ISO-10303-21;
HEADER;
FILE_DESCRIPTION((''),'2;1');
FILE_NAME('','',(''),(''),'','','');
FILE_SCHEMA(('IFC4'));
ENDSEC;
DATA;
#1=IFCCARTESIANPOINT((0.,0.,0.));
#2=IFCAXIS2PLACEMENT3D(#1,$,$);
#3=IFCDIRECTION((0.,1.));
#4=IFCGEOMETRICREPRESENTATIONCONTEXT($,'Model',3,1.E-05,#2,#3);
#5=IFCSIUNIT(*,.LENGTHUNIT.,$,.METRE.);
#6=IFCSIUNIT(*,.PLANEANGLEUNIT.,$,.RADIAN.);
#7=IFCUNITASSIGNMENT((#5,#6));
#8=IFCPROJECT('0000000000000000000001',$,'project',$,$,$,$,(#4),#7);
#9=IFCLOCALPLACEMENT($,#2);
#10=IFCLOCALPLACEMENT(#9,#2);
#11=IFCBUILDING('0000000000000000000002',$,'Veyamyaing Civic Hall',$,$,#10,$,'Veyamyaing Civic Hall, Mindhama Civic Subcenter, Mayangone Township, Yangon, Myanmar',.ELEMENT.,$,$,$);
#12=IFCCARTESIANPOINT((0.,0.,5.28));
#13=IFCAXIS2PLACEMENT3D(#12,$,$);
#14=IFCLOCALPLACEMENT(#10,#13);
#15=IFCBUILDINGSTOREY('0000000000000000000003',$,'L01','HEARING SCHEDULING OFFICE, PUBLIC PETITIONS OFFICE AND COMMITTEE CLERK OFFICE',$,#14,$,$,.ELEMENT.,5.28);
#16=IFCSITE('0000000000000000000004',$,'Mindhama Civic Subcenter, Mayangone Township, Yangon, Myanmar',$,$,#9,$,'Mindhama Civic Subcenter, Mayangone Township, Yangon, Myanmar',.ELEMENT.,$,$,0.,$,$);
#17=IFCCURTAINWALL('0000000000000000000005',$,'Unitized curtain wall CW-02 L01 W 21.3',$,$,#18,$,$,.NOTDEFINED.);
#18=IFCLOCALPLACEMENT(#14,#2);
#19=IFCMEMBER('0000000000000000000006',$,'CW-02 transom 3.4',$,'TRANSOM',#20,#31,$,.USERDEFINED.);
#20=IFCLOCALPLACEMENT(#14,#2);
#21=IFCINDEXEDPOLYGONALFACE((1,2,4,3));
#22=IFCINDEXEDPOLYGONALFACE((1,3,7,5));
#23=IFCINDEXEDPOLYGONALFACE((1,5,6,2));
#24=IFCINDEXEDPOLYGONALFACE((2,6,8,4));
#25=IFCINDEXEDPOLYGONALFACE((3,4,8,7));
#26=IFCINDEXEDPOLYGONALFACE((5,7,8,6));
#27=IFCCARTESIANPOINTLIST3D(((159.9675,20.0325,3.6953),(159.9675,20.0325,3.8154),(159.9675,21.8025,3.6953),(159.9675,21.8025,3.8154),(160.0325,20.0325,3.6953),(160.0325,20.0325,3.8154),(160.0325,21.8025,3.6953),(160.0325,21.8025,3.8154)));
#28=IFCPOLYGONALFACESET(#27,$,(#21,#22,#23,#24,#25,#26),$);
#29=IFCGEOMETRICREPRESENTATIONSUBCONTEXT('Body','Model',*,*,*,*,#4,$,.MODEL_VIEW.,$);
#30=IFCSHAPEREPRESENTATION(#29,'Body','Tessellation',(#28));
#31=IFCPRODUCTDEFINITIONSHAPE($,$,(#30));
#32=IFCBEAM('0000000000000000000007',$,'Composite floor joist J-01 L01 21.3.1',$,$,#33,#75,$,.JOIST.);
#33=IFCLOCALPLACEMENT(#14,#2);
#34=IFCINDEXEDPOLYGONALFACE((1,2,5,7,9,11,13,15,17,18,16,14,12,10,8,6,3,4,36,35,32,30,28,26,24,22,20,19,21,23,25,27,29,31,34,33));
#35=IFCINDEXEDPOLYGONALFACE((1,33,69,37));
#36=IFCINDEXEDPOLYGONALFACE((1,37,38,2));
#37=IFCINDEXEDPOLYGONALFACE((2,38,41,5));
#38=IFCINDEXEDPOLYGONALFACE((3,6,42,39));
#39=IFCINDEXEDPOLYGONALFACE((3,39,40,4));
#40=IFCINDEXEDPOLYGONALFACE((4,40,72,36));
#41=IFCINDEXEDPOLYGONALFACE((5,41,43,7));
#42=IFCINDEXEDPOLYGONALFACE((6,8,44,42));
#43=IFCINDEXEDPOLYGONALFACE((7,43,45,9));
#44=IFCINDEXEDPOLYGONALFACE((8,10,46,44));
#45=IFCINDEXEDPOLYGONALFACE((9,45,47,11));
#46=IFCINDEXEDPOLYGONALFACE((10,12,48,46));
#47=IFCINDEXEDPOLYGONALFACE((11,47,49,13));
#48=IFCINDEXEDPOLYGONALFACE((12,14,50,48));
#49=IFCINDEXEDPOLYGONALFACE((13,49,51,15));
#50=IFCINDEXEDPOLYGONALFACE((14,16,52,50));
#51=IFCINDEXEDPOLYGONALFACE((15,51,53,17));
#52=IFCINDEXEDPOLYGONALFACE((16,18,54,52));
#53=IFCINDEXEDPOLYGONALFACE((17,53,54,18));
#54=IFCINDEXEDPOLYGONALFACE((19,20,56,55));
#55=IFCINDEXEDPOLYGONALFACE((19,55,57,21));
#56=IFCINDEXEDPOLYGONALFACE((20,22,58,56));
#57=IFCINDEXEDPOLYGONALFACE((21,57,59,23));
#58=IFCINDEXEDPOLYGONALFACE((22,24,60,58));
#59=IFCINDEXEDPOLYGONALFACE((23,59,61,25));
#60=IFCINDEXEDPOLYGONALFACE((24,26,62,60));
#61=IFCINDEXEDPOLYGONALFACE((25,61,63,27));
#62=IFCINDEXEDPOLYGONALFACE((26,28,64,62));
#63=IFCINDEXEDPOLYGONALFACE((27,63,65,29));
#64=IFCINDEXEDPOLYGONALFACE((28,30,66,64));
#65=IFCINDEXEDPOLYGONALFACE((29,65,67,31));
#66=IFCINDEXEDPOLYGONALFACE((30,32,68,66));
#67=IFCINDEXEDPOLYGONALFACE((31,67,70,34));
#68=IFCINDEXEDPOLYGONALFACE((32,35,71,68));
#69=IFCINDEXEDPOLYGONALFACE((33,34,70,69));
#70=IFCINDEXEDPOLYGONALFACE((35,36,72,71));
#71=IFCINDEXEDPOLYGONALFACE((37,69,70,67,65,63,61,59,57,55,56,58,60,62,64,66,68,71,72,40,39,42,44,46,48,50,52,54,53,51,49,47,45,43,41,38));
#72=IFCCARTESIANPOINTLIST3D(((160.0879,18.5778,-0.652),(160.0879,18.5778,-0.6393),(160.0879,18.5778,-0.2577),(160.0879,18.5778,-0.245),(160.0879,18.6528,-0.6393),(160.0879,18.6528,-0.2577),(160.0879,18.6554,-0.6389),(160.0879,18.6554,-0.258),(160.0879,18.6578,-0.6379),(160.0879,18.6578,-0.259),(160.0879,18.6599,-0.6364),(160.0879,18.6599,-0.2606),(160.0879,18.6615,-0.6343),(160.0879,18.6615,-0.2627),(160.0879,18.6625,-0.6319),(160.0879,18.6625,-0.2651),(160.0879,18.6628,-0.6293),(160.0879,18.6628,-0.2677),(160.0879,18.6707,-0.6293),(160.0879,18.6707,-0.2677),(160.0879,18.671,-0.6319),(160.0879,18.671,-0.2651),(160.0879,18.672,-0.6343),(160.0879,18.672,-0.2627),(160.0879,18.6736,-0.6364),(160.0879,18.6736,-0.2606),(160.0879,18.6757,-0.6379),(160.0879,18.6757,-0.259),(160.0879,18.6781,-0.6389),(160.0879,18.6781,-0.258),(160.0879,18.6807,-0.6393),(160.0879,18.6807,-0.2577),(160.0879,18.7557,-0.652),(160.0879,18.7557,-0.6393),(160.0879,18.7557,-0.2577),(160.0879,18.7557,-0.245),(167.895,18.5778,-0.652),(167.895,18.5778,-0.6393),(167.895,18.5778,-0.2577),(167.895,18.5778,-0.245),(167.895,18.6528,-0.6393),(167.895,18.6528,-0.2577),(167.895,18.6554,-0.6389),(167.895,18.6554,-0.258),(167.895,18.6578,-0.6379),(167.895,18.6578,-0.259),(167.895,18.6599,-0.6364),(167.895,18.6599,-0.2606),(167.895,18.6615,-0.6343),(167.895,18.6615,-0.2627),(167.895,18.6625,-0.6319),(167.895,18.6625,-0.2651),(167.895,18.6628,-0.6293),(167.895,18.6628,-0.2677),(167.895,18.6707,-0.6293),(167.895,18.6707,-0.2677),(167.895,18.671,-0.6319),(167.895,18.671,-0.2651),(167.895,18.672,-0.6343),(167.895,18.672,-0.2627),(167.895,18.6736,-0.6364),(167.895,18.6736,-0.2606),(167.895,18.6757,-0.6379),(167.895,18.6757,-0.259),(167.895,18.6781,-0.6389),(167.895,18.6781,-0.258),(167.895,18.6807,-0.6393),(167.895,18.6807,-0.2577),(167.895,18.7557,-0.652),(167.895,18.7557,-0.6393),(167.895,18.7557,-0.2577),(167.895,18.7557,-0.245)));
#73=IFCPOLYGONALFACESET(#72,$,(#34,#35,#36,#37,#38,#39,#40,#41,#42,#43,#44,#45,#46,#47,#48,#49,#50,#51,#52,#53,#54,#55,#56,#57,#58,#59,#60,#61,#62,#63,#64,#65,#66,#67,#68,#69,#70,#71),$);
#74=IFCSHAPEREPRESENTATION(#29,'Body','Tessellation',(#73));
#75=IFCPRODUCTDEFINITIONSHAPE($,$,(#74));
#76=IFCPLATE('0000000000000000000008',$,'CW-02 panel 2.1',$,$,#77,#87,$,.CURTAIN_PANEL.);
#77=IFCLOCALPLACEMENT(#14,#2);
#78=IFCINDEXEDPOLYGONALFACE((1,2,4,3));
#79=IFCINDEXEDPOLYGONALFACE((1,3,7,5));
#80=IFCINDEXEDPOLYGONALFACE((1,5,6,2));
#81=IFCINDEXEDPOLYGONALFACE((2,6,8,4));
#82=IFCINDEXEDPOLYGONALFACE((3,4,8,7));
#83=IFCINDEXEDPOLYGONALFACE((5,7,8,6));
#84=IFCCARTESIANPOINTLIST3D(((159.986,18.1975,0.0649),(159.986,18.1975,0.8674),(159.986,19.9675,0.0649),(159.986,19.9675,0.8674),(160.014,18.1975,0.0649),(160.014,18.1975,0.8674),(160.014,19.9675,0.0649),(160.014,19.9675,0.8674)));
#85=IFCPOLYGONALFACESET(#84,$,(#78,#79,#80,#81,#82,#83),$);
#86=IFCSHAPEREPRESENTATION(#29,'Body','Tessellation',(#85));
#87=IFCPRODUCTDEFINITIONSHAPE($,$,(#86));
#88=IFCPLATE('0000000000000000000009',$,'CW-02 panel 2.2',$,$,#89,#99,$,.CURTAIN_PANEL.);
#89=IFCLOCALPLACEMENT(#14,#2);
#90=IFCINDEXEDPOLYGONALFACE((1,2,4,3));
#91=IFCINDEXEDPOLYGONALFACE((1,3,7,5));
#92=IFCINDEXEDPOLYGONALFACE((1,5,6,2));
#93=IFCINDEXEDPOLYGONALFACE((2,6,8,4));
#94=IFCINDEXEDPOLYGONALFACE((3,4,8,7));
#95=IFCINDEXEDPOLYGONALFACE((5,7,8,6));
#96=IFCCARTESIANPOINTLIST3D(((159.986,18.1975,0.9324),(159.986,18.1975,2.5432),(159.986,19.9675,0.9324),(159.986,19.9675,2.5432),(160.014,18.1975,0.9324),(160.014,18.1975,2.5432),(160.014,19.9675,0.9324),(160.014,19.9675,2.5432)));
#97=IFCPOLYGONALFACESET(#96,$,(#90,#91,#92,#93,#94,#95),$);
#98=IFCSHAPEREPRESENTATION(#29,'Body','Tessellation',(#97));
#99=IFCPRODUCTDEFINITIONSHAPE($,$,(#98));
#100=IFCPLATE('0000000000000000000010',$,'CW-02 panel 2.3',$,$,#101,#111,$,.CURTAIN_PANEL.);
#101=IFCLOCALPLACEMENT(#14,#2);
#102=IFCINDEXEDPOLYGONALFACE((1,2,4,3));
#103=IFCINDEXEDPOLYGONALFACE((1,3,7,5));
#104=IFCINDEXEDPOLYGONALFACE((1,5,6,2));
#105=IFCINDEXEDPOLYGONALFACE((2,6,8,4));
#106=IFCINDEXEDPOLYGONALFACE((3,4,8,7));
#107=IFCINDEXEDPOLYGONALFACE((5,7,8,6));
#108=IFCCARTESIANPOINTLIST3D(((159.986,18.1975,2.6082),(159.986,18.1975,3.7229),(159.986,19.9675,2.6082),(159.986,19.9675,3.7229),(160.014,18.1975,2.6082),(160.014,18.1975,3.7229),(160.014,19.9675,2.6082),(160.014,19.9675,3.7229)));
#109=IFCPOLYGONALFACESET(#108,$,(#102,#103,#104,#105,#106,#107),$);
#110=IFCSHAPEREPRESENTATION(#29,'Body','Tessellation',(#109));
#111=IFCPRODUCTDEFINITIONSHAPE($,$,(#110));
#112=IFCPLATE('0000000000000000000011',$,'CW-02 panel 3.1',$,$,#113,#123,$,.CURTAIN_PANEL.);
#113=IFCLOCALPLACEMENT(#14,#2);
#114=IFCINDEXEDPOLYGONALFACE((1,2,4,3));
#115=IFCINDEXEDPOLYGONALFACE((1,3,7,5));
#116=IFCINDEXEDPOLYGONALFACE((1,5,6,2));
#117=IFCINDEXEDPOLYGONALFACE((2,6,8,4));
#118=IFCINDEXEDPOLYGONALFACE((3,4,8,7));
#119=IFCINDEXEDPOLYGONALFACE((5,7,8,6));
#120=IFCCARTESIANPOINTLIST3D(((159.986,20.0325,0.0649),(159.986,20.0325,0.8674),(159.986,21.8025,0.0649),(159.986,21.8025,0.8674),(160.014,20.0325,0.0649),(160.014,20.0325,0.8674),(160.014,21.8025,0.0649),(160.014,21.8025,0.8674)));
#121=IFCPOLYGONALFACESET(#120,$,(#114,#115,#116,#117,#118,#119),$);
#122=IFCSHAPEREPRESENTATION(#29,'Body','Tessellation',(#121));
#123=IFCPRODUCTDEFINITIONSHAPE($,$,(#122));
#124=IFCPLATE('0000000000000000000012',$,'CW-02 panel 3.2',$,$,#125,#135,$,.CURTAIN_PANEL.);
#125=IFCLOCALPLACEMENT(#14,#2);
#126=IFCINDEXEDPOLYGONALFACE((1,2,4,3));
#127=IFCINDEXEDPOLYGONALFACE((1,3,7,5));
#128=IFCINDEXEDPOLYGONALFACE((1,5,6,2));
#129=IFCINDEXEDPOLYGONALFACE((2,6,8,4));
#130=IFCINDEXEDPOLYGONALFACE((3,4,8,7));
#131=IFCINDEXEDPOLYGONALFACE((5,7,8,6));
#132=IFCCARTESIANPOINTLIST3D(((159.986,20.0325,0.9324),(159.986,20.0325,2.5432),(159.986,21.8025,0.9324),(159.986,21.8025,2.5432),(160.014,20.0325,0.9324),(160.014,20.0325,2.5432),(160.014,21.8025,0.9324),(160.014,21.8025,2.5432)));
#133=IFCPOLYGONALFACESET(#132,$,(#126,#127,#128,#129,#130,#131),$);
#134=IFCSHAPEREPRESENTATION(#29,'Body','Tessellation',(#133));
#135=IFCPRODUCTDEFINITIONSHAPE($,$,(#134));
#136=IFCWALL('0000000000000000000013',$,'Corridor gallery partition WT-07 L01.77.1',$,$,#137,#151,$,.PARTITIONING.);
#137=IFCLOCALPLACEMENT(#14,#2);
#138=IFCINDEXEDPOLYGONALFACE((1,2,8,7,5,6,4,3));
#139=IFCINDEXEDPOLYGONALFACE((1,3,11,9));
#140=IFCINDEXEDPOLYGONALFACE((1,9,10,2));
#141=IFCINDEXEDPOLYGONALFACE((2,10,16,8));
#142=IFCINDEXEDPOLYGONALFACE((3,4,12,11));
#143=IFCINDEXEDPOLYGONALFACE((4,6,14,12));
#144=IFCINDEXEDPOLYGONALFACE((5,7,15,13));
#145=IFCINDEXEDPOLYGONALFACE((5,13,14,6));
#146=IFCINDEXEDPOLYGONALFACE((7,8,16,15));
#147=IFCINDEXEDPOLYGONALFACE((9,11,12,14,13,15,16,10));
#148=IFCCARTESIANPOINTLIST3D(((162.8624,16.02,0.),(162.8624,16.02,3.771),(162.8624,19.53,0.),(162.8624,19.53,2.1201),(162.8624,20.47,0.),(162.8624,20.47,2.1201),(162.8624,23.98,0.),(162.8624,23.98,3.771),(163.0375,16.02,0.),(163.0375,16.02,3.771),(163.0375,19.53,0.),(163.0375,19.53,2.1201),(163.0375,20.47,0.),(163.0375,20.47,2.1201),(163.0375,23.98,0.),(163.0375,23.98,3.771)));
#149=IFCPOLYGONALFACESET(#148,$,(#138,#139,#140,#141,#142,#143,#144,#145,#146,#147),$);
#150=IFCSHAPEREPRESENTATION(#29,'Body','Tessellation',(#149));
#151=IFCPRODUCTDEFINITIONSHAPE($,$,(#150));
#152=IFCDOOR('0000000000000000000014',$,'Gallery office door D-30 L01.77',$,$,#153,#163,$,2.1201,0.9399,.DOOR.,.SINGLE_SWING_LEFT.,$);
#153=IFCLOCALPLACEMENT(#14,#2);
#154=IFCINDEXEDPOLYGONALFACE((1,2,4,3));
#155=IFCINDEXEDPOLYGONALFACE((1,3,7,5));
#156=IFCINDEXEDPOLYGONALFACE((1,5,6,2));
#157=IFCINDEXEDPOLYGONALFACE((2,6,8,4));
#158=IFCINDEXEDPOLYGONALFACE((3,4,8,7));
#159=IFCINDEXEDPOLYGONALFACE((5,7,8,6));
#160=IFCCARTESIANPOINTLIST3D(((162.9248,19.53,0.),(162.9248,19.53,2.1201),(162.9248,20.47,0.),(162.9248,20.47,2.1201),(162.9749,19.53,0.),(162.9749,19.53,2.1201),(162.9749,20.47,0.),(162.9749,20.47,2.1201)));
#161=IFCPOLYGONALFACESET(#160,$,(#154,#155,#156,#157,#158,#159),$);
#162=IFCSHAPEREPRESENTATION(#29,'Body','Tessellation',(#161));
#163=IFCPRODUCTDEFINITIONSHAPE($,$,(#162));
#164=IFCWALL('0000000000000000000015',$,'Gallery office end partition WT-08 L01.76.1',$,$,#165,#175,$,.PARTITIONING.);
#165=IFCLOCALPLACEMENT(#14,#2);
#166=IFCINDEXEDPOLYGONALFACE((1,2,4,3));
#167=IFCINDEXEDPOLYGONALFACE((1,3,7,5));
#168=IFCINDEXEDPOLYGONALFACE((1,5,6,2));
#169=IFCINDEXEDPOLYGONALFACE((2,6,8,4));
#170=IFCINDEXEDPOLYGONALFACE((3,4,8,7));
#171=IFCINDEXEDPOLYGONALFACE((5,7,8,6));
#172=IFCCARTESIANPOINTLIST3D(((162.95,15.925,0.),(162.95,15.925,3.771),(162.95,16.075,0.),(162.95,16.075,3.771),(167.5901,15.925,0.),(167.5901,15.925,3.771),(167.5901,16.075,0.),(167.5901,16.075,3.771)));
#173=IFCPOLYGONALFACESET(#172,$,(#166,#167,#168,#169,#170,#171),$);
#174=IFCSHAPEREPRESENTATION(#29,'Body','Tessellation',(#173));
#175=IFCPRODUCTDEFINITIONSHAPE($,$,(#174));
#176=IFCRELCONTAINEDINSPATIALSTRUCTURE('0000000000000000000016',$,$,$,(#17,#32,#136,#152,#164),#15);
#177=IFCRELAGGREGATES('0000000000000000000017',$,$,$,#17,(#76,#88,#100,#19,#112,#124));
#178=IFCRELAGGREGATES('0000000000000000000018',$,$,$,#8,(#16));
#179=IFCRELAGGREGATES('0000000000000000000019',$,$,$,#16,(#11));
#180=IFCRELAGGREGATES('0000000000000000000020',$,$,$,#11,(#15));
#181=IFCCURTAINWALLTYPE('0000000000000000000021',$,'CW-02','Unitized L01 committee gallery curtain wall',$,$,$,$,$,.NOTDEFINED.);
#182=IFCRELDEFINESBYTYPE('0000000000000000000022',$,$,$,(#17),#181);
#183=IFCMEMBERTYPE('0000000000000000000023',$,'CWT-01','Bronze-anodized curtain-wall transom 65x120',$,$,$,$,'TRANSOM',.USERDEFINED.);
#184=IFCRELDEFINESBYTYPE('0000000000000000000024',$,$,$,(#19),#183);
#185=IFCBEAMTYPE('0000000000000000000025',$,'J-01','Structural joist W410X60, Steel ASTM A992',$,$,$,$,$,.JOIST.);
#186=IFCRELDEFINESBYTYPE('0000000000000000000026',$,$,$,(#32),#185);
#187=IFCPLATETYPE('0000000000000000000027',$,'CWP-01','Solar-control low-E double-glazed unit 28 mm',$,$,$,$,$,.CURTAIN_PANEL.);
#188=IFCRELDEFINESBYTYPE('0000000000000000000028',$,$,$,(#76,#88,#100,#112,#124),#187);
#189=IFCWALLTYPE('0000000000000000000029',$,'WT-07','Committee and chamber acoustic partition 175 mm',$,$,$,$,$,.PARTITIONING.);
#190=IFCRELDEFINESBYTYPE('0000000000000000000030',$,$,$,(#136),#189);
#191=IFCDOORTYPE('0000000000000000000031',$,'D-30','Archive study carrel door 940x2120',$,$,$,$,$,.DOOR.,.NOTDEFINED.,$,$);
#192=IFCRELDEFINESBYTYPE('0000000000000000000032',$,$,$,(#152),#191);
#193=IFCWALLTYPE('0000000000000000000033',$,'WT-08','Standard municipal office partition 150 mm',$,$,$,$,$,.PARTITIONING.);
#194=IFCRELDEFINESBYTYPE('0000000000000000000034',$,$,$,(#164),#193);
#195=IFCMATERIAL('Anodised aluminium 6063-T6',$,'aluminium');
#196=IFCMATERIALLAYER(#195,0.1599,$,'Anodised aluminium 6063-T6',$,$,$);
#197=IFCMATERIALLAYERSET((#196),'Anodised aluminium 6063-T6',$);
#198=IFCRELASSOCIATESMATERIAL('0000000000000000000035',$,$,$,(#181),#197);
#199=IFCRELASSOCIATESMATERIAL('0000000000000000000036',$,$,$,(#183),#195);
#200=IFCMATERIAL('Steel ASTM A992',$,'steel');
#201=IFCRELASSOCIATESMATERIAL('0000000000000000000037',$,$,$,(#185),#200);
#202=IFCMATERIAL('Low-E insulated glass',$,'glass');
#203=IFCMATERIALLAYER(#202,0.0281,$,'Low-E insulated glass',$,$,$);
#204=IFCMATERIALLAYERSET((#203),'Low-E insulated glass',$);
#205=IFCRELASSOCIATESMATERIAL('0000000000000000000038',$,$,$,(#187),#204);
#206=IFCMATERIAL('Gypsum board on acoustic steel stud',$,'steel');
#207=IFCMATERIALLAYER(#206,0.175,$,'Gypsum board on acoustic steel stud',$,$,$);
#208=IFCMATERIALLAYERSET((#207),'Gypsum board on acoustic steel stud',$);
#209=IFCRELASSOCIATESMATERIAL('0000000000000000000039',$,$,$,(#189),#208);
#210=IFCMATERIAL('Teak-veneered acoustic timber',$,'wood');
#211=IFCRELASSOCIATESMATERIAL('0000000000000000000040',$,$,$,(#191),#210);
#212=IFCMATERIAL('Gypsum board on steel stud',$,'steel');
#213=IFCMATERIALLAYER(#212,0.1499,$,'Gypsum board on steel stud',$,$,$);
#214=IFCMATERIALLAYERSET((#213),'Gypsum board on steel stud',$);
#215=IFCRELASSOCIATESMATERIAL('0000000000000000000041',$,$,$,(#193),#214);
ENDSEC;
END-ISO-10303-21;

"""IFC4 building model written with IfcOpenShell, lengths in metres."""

from ifc_helpers import new_model, si_unit, direction, frame, frame_2d, origin, origin_2d, place, context, subcontext, project, spatial, rectangle, i_section, extrude, material, layer, layer_set, material_profile, profile_set, type_object, element, fill, aggregate, save


model = new_model("IFC4")

# Units and contexts
model_context = context("Model", 3, precision=1e-05, world=origin(), true_north=direction((0.0, 1.0)))
body_context = subcontext(model_context, "Body", "Model", "MODEL_VIEW")
ifc_project = project(units=[si_unit("LENGTHUNIT", "METRE"), si_unit("PLANEANGLEUNIT", "RADIAN")], contexts=[model_context])

# Site, building, storey
site_placement = place(None, origin())
site = spatial("IfcSite", under=ifc_project, at=site_placement, Name="Mindhama Civic Subcenter, Mayangone Township, Yangon, Myanmar", LongName="Mindhama Civic Subcenter, Mayangone Township, Yangon, Myanmar", CompositionType="ELEMENT", RefElevation=0.0)
building_placement = place(site_placement, origin())
building = spatial("IfcBuilding", under=site, at=building_placement, Name="Veyamyaing Civic Hall", LongName="Veyamyaing Civic Hall, Mindhama Civic Subcenter, Mayangone Township, Yangon, Myanmar", CompositionType="ELEMENT")
storey_placement = place(building_placement, frame((0.0, 0.0, 5.28)))
storey = spatial("IfcBuildingStorey", under=building, at=storey_placement, Name="L01", Description="HEARING SCHEDULING OFFICE, PUBLIC PETITIONS OFFICE AND COMMITTEE CLERK OFFICE", CompositionType="ELEMENT", Elevation=5.28)

# Shared definitions
ifc_material_1 = material(Name="Steel ASTM A992", Category="steel")

# Curtain wall, member
ifc_material_2 = material(Name="Anodised aluminium 6063-T6", Category="aluminium")
ifc_layer_1 = layer(ifc_material_2, 0.1599, Name="Anodised aluminium 6063-T6")
ifc_layer_set_1 = layer_set([ifc_layer_1], Name="Anodised aluminium 6063-T6")
curtain_wall_type = type_object("IfcCurtainWallType", Name="CW-02", Description="Unitized L01 committee gallery curtain wall", PredefinedType="NOTDEFINED", material=ifc_layer_set_1)
curtain_wall_placement = place(storey_placement, origin())
curtain_wall = element("IfcCurtainWall", 1, at=curtain_wall_placement, inside=storey, type_object=curtain_wall_type, Name="Unitized curtain wall CW-02 L01 W 21.3", PredefinedType="NOTDEFINED")
ifc_material_profile_1 = material_profile(ifc_material_2, rectangle(XDim=0.0649, YDim=0.1201, at=origin_2d()), Name="ALU-TRN-65X120")
ifc_profile_set_1 = profile_set([ifc_material_profile_1], Name="Anodised aluminium 6063-T6")
member_type_1 = type_object("IfcMemberType", Name="CWT-01", Description="Bronze-anodized curtain-wall transom 65x120", ElementType="TRANSOM", PredefinedType="USERDEFINED", material=ifc_profile_set_1)
member_1_placement = place(storey_placement, frame((160.0, 20.0325, 3.7554), z_axis=(0.0, 1.0, 0.0), x_axis=(-1.0, 0.0, 0.0)))
member_1 = element("IfcMember", 2, at=member_1_placement, type_object=member_type_1, Name="CW-02 transom 3.4", ObjectType="TRANSOM", PredefinedType="USERDEFINED", context=body_context, shape_type="SweptSolid", body=[
    extrude(rectangle(XDim=0.0649, YDim=0.1201, at=origin_2d()), origin(), (0.0, 0.0, 1.0), 1.77),
])

# Beam
ifc_material_profile_2 = material_profile(ifc_material_1, i_section(OverallWidth=0.178, OverallDepth=0.407, WebThickness=0.0078, FlangeThickness=0.0127, FilletRadius=0.01, at=origin_2d()), Name="W410X60")
ifc_profile_set_2 = profile_set([ifc_material_profile_2], Name="Steel ASTM A992")
beam_type_1 = type_object("IfcBeamType", Name="J-01", Description="Structural joist W410X60, Steel ASTM A992", PredefinedType="JOIST", material=ifc_profile_set_2)
beam_1_placement = place(storey_placement, frame((160.0879, 18.6667, -0.4485), z_axis=(1.0, 0.0, 0.0), x_axis=(0.0, 1.0, 0.0)))
element("IfcBeam", 3, at=beam_1_placement, inside=storey, type_object=beam_type_1, Name="Composite floor joist J-01 L01 21.3.1", PredefinedType="JOIST", context=body_context, shape_type="SweptSolid", body=[
    extrude(i_section(OverallWidth=0.178, OverallDepth=0.407, WebThickness=0.0078, FlangeThickness=0.0127, FilletRadius=0.01, at=origin_2d()), origin(), (0.0, 0.0, 1.0), 7.8071),
])

# Plates
ifc_material_3 = material(Name="Low-E insulated glass", Category="glass")
ifc_layer_2 = layer(ifc_material_3, 0.0281, Name="Low-E insulated glass")
ifc_layer_set_2 = layer_set([ifc_layer_2], Name="Low-E insulated glass")
plate_type = type_object("IfcPlateType", Name="CWP-01", Description="Solar-control low-E double-glazed unit 28 mm", PredefinedType="CURTAIN_PANEL", material=ifc_layer_set_2)
plate_1_placement = place(storey_placement, frame((160.0, 19.0825, 0.0649), z_axis=(0.0, 0.0, 1.0), x_axis=(0.0, 1.0, 0.0)))
plate_1 = element("IfcPlate", 4, at=plate_1_placement, type_object=plate_type, Name="CW-02 panel 2.1", PredefinedType="CURTAIN_PANEL", context=body_context, shape_type="SweptSolid", body=[
    extrude(rectangle(XDim=1.77, YDim=0.0281, at=origin_2d()), origin(), (0.0, 0.0, 1.0), 0.8025),
])
plate_2_placement = place(storey_placement, frame((160.0, 19.0825, 0.9324), z_axis=(0.0, 0.0, 1.0), x_axis=(0.0, 1.0, 0.0)))
plate_2 = element("IfcPlate", 5, at=plate_2_placement, type_object=plate_type, Name="CW-02 panel 2.2", PredefinedType="CURTAIN_PANEL", context=body_context, shape_type="SweptSolid", body=[
    extrude(rectangle(XDim=1.77, YDim=0.0281, at=origin_2d()), origin(), (0.0, 0.0, 1.0), 1.6108),
])
plate_3_placement = place(storey_placement, frame((160.0, 19.0825, 2.6082), z_axis=(0.0, 0.0, 1.0), x_axis=(0.0, 1.0, 0.0)))
plate_3 = element("IfcPlate", 6, at=plate_3_placement, type_object=plate_type, Name="CW-02 panel 2.3", PredefinedType="CURTAIN_PANEL", context=body_context, shape_type="SweptSolid", body=[
    extrude(rectangle(XDim=1.77, YDim=0.0281, at=origin_2d()), origin(), (0.0, 0.0, 1.0), 1.1147),
])
plate_4_placement = place(storey_placement, frame((160.0, 20.9175, 0.0649), z_axis=(0.0, 0.0, 1.0), x_axis=(0.0, 1.0, 0.0)))
plate_4 = element("IfcPlate", 7, at=plate_4_placement, type_object=plate_type, Name="CW-02 panel 3.1", PredefinedType="CURTAIN_PANEL", context=body_context, shape_type="SweptSolid", body=[
    extrude(rectangle(XDim=1.77, YDim=0.0281, at=origin_2d()), origin(), (0.0, 0.0, 1.0), 0.8025),
])
plate_5_placement = place(storey_placement, frame((160.0, 20.9175, 0.9324), z_axis=(0.0, 0.0, 1.0), x_axis=(0.0, 1.0, 0.0)))
plate_5 = element("IfcPlate", 8, at=plate_5_placement, type_object=plate_type, Name="CW-02 panel 3.2", PredefinedType="CURTAIN_PANEL", context=body_context, shape_type="SweptSolid", body=[
    extrude(rectangle(XDim=1.77, YDim=0.0281, at=origin_2d()), origin(), (0.0, 0.0, 1.0), 1.6108),
])
aggregate(curtain_wall, [plate_1, plate_2, plate_3, member_1, plate_4, plate_5])

# Wall, opening, door
ifc_material_4 = material(Name="Gypsum board on acoustic steel stud", Category="steel")
ifc_layer_3 = layer(ifc_material_4, 0.175, Name="Gypsum board on acoustic steel stud")
ifc_layer_set_3 = layer_set([ifc_layer_3], Name="Gypsum board on acoustic steel stud")
wall_type_1 = type_object("IfcWallType", Name="WT-07", Description="Committee and chamber acoustic partition 175 mm", PredefinedType="PARTITIONING", material=ifc_layer_set_3)
wall_1_placement = place(storey_placement, frame((162.95, 16.02, 0.0), z_axis=(0.0, 0.0, 1.0), x_axis=(0.0, 1.0, 0.0)))
wall_1 = element("IfcWall", 9, at=wall_1_placement, inside=storey, type_object=wall_type_1, Name="Corridor gallery partition WT-07 L01.77.1", PredefinedType="PARTITIONING", context=body_context, shape_type="SweptSolid", body=[
    extrude(rectangle(XDim=7.96, YDim=0.175, at=frame_2d((3.98, 0.0))), origin(), (0.0, 0.0, 1.0), 3.771),
])
opening_placement = place(wall_1_placement, frame((3.51, 0.0, 0.0)))
opening = element("IfcOpeningElement", 10, at=opening_placement, cuts=wall_1, PredefinedType="OPENING", context=body_context, shape_type="SweptSolid", body=[
    extrude(rectangle(XDim=0.9399, YDim=2.1201, at=frame_2d((0.47, 1.0601))), frame((0.0, 0.0974, 0.0), z_axis=(0.0, -1.0, 0.0), x_axis=(1.0, 0.0, 0.0)), (0.0, 0.0, 1.0), 0.1951),
])
ifc_material_5 = material(Name="Teak-veneered acoustic timber", Category="wood")
door_type = type_object("IfcDoorType", Name="D-30", Description="Archive study carrel door 940x2120", OperationType="NOTDEFINED", PredefinedType="DOOR", material=ifc_material_5)
door_placement = place(opening_placement, frame((0.9399, 0.0, 0.0), z_axis=(0.0, 0.0, 1.0), x_axis=(-1.0, 0.0, 0.0)))
door = element("IfcDoor", 11, at=door_placement, inside=storey, type_object=door_type, Name="Gallery office door D-30 L01.77", OperationType="SINGLE_SWING_LEFT", OverallHeight=2.1201, OverallWidth=0.9399, PredefinedType="DOOR", context=body_context, shape_type="SweptSolid", body=[
    extrude(rectangle(XDim=0.9399, YDim=2.1201, at=frame_2d((0.47, 1.0601))), frame((0.0, 0.0249, 0.0), z_axis=(0.0, -1.0, 0.0), x_axis=(1.0, 0.0, 0.0)), (0.0, 0.0, 1.0), 0.05),
])
fill(opening, door)

# Wall
ifc_material_6 = material(Name="Gypsum board on steel stud", Category="steel")
ifc_layer_4 = layer(ifc_material_6, 0.1499, Name="Gypsum board on steel stud")
ifc_layer_set_4 = layer_set([ifc_layer_4], Name="Gypsum board on steel stud")
wall_type_2 = type_object("IfcWallType", Name="WT-08", Description="Standard municipal office partition 150 mm", PredefinedType="PARTITIONING", material=ifc_layer_set_4)
wall_2_placement = place(storey_placement, frame((162.95, 16.0, 0.0), z_axis=(0.0, 0.0, 1.0), x_axis=(1.0, 0.0, 0.0)))
element("IfcWall", 12, at=wall_2_placement, inside=storey, type_object=wall_type_2, Name="Gallery office end partition WT-08 L01.76.1", PredefinedType="PARTITIONING", context=body_context, shape_type="SweptSolid", body=[
    extrude(rectangle(XDim=4.6401, YDim=0.1499, at=frame_2d((2.3201, 0.0))), origin(), (0.0, 0.0, 1.0), 3.771),
])

save(model, "model.ifc")
